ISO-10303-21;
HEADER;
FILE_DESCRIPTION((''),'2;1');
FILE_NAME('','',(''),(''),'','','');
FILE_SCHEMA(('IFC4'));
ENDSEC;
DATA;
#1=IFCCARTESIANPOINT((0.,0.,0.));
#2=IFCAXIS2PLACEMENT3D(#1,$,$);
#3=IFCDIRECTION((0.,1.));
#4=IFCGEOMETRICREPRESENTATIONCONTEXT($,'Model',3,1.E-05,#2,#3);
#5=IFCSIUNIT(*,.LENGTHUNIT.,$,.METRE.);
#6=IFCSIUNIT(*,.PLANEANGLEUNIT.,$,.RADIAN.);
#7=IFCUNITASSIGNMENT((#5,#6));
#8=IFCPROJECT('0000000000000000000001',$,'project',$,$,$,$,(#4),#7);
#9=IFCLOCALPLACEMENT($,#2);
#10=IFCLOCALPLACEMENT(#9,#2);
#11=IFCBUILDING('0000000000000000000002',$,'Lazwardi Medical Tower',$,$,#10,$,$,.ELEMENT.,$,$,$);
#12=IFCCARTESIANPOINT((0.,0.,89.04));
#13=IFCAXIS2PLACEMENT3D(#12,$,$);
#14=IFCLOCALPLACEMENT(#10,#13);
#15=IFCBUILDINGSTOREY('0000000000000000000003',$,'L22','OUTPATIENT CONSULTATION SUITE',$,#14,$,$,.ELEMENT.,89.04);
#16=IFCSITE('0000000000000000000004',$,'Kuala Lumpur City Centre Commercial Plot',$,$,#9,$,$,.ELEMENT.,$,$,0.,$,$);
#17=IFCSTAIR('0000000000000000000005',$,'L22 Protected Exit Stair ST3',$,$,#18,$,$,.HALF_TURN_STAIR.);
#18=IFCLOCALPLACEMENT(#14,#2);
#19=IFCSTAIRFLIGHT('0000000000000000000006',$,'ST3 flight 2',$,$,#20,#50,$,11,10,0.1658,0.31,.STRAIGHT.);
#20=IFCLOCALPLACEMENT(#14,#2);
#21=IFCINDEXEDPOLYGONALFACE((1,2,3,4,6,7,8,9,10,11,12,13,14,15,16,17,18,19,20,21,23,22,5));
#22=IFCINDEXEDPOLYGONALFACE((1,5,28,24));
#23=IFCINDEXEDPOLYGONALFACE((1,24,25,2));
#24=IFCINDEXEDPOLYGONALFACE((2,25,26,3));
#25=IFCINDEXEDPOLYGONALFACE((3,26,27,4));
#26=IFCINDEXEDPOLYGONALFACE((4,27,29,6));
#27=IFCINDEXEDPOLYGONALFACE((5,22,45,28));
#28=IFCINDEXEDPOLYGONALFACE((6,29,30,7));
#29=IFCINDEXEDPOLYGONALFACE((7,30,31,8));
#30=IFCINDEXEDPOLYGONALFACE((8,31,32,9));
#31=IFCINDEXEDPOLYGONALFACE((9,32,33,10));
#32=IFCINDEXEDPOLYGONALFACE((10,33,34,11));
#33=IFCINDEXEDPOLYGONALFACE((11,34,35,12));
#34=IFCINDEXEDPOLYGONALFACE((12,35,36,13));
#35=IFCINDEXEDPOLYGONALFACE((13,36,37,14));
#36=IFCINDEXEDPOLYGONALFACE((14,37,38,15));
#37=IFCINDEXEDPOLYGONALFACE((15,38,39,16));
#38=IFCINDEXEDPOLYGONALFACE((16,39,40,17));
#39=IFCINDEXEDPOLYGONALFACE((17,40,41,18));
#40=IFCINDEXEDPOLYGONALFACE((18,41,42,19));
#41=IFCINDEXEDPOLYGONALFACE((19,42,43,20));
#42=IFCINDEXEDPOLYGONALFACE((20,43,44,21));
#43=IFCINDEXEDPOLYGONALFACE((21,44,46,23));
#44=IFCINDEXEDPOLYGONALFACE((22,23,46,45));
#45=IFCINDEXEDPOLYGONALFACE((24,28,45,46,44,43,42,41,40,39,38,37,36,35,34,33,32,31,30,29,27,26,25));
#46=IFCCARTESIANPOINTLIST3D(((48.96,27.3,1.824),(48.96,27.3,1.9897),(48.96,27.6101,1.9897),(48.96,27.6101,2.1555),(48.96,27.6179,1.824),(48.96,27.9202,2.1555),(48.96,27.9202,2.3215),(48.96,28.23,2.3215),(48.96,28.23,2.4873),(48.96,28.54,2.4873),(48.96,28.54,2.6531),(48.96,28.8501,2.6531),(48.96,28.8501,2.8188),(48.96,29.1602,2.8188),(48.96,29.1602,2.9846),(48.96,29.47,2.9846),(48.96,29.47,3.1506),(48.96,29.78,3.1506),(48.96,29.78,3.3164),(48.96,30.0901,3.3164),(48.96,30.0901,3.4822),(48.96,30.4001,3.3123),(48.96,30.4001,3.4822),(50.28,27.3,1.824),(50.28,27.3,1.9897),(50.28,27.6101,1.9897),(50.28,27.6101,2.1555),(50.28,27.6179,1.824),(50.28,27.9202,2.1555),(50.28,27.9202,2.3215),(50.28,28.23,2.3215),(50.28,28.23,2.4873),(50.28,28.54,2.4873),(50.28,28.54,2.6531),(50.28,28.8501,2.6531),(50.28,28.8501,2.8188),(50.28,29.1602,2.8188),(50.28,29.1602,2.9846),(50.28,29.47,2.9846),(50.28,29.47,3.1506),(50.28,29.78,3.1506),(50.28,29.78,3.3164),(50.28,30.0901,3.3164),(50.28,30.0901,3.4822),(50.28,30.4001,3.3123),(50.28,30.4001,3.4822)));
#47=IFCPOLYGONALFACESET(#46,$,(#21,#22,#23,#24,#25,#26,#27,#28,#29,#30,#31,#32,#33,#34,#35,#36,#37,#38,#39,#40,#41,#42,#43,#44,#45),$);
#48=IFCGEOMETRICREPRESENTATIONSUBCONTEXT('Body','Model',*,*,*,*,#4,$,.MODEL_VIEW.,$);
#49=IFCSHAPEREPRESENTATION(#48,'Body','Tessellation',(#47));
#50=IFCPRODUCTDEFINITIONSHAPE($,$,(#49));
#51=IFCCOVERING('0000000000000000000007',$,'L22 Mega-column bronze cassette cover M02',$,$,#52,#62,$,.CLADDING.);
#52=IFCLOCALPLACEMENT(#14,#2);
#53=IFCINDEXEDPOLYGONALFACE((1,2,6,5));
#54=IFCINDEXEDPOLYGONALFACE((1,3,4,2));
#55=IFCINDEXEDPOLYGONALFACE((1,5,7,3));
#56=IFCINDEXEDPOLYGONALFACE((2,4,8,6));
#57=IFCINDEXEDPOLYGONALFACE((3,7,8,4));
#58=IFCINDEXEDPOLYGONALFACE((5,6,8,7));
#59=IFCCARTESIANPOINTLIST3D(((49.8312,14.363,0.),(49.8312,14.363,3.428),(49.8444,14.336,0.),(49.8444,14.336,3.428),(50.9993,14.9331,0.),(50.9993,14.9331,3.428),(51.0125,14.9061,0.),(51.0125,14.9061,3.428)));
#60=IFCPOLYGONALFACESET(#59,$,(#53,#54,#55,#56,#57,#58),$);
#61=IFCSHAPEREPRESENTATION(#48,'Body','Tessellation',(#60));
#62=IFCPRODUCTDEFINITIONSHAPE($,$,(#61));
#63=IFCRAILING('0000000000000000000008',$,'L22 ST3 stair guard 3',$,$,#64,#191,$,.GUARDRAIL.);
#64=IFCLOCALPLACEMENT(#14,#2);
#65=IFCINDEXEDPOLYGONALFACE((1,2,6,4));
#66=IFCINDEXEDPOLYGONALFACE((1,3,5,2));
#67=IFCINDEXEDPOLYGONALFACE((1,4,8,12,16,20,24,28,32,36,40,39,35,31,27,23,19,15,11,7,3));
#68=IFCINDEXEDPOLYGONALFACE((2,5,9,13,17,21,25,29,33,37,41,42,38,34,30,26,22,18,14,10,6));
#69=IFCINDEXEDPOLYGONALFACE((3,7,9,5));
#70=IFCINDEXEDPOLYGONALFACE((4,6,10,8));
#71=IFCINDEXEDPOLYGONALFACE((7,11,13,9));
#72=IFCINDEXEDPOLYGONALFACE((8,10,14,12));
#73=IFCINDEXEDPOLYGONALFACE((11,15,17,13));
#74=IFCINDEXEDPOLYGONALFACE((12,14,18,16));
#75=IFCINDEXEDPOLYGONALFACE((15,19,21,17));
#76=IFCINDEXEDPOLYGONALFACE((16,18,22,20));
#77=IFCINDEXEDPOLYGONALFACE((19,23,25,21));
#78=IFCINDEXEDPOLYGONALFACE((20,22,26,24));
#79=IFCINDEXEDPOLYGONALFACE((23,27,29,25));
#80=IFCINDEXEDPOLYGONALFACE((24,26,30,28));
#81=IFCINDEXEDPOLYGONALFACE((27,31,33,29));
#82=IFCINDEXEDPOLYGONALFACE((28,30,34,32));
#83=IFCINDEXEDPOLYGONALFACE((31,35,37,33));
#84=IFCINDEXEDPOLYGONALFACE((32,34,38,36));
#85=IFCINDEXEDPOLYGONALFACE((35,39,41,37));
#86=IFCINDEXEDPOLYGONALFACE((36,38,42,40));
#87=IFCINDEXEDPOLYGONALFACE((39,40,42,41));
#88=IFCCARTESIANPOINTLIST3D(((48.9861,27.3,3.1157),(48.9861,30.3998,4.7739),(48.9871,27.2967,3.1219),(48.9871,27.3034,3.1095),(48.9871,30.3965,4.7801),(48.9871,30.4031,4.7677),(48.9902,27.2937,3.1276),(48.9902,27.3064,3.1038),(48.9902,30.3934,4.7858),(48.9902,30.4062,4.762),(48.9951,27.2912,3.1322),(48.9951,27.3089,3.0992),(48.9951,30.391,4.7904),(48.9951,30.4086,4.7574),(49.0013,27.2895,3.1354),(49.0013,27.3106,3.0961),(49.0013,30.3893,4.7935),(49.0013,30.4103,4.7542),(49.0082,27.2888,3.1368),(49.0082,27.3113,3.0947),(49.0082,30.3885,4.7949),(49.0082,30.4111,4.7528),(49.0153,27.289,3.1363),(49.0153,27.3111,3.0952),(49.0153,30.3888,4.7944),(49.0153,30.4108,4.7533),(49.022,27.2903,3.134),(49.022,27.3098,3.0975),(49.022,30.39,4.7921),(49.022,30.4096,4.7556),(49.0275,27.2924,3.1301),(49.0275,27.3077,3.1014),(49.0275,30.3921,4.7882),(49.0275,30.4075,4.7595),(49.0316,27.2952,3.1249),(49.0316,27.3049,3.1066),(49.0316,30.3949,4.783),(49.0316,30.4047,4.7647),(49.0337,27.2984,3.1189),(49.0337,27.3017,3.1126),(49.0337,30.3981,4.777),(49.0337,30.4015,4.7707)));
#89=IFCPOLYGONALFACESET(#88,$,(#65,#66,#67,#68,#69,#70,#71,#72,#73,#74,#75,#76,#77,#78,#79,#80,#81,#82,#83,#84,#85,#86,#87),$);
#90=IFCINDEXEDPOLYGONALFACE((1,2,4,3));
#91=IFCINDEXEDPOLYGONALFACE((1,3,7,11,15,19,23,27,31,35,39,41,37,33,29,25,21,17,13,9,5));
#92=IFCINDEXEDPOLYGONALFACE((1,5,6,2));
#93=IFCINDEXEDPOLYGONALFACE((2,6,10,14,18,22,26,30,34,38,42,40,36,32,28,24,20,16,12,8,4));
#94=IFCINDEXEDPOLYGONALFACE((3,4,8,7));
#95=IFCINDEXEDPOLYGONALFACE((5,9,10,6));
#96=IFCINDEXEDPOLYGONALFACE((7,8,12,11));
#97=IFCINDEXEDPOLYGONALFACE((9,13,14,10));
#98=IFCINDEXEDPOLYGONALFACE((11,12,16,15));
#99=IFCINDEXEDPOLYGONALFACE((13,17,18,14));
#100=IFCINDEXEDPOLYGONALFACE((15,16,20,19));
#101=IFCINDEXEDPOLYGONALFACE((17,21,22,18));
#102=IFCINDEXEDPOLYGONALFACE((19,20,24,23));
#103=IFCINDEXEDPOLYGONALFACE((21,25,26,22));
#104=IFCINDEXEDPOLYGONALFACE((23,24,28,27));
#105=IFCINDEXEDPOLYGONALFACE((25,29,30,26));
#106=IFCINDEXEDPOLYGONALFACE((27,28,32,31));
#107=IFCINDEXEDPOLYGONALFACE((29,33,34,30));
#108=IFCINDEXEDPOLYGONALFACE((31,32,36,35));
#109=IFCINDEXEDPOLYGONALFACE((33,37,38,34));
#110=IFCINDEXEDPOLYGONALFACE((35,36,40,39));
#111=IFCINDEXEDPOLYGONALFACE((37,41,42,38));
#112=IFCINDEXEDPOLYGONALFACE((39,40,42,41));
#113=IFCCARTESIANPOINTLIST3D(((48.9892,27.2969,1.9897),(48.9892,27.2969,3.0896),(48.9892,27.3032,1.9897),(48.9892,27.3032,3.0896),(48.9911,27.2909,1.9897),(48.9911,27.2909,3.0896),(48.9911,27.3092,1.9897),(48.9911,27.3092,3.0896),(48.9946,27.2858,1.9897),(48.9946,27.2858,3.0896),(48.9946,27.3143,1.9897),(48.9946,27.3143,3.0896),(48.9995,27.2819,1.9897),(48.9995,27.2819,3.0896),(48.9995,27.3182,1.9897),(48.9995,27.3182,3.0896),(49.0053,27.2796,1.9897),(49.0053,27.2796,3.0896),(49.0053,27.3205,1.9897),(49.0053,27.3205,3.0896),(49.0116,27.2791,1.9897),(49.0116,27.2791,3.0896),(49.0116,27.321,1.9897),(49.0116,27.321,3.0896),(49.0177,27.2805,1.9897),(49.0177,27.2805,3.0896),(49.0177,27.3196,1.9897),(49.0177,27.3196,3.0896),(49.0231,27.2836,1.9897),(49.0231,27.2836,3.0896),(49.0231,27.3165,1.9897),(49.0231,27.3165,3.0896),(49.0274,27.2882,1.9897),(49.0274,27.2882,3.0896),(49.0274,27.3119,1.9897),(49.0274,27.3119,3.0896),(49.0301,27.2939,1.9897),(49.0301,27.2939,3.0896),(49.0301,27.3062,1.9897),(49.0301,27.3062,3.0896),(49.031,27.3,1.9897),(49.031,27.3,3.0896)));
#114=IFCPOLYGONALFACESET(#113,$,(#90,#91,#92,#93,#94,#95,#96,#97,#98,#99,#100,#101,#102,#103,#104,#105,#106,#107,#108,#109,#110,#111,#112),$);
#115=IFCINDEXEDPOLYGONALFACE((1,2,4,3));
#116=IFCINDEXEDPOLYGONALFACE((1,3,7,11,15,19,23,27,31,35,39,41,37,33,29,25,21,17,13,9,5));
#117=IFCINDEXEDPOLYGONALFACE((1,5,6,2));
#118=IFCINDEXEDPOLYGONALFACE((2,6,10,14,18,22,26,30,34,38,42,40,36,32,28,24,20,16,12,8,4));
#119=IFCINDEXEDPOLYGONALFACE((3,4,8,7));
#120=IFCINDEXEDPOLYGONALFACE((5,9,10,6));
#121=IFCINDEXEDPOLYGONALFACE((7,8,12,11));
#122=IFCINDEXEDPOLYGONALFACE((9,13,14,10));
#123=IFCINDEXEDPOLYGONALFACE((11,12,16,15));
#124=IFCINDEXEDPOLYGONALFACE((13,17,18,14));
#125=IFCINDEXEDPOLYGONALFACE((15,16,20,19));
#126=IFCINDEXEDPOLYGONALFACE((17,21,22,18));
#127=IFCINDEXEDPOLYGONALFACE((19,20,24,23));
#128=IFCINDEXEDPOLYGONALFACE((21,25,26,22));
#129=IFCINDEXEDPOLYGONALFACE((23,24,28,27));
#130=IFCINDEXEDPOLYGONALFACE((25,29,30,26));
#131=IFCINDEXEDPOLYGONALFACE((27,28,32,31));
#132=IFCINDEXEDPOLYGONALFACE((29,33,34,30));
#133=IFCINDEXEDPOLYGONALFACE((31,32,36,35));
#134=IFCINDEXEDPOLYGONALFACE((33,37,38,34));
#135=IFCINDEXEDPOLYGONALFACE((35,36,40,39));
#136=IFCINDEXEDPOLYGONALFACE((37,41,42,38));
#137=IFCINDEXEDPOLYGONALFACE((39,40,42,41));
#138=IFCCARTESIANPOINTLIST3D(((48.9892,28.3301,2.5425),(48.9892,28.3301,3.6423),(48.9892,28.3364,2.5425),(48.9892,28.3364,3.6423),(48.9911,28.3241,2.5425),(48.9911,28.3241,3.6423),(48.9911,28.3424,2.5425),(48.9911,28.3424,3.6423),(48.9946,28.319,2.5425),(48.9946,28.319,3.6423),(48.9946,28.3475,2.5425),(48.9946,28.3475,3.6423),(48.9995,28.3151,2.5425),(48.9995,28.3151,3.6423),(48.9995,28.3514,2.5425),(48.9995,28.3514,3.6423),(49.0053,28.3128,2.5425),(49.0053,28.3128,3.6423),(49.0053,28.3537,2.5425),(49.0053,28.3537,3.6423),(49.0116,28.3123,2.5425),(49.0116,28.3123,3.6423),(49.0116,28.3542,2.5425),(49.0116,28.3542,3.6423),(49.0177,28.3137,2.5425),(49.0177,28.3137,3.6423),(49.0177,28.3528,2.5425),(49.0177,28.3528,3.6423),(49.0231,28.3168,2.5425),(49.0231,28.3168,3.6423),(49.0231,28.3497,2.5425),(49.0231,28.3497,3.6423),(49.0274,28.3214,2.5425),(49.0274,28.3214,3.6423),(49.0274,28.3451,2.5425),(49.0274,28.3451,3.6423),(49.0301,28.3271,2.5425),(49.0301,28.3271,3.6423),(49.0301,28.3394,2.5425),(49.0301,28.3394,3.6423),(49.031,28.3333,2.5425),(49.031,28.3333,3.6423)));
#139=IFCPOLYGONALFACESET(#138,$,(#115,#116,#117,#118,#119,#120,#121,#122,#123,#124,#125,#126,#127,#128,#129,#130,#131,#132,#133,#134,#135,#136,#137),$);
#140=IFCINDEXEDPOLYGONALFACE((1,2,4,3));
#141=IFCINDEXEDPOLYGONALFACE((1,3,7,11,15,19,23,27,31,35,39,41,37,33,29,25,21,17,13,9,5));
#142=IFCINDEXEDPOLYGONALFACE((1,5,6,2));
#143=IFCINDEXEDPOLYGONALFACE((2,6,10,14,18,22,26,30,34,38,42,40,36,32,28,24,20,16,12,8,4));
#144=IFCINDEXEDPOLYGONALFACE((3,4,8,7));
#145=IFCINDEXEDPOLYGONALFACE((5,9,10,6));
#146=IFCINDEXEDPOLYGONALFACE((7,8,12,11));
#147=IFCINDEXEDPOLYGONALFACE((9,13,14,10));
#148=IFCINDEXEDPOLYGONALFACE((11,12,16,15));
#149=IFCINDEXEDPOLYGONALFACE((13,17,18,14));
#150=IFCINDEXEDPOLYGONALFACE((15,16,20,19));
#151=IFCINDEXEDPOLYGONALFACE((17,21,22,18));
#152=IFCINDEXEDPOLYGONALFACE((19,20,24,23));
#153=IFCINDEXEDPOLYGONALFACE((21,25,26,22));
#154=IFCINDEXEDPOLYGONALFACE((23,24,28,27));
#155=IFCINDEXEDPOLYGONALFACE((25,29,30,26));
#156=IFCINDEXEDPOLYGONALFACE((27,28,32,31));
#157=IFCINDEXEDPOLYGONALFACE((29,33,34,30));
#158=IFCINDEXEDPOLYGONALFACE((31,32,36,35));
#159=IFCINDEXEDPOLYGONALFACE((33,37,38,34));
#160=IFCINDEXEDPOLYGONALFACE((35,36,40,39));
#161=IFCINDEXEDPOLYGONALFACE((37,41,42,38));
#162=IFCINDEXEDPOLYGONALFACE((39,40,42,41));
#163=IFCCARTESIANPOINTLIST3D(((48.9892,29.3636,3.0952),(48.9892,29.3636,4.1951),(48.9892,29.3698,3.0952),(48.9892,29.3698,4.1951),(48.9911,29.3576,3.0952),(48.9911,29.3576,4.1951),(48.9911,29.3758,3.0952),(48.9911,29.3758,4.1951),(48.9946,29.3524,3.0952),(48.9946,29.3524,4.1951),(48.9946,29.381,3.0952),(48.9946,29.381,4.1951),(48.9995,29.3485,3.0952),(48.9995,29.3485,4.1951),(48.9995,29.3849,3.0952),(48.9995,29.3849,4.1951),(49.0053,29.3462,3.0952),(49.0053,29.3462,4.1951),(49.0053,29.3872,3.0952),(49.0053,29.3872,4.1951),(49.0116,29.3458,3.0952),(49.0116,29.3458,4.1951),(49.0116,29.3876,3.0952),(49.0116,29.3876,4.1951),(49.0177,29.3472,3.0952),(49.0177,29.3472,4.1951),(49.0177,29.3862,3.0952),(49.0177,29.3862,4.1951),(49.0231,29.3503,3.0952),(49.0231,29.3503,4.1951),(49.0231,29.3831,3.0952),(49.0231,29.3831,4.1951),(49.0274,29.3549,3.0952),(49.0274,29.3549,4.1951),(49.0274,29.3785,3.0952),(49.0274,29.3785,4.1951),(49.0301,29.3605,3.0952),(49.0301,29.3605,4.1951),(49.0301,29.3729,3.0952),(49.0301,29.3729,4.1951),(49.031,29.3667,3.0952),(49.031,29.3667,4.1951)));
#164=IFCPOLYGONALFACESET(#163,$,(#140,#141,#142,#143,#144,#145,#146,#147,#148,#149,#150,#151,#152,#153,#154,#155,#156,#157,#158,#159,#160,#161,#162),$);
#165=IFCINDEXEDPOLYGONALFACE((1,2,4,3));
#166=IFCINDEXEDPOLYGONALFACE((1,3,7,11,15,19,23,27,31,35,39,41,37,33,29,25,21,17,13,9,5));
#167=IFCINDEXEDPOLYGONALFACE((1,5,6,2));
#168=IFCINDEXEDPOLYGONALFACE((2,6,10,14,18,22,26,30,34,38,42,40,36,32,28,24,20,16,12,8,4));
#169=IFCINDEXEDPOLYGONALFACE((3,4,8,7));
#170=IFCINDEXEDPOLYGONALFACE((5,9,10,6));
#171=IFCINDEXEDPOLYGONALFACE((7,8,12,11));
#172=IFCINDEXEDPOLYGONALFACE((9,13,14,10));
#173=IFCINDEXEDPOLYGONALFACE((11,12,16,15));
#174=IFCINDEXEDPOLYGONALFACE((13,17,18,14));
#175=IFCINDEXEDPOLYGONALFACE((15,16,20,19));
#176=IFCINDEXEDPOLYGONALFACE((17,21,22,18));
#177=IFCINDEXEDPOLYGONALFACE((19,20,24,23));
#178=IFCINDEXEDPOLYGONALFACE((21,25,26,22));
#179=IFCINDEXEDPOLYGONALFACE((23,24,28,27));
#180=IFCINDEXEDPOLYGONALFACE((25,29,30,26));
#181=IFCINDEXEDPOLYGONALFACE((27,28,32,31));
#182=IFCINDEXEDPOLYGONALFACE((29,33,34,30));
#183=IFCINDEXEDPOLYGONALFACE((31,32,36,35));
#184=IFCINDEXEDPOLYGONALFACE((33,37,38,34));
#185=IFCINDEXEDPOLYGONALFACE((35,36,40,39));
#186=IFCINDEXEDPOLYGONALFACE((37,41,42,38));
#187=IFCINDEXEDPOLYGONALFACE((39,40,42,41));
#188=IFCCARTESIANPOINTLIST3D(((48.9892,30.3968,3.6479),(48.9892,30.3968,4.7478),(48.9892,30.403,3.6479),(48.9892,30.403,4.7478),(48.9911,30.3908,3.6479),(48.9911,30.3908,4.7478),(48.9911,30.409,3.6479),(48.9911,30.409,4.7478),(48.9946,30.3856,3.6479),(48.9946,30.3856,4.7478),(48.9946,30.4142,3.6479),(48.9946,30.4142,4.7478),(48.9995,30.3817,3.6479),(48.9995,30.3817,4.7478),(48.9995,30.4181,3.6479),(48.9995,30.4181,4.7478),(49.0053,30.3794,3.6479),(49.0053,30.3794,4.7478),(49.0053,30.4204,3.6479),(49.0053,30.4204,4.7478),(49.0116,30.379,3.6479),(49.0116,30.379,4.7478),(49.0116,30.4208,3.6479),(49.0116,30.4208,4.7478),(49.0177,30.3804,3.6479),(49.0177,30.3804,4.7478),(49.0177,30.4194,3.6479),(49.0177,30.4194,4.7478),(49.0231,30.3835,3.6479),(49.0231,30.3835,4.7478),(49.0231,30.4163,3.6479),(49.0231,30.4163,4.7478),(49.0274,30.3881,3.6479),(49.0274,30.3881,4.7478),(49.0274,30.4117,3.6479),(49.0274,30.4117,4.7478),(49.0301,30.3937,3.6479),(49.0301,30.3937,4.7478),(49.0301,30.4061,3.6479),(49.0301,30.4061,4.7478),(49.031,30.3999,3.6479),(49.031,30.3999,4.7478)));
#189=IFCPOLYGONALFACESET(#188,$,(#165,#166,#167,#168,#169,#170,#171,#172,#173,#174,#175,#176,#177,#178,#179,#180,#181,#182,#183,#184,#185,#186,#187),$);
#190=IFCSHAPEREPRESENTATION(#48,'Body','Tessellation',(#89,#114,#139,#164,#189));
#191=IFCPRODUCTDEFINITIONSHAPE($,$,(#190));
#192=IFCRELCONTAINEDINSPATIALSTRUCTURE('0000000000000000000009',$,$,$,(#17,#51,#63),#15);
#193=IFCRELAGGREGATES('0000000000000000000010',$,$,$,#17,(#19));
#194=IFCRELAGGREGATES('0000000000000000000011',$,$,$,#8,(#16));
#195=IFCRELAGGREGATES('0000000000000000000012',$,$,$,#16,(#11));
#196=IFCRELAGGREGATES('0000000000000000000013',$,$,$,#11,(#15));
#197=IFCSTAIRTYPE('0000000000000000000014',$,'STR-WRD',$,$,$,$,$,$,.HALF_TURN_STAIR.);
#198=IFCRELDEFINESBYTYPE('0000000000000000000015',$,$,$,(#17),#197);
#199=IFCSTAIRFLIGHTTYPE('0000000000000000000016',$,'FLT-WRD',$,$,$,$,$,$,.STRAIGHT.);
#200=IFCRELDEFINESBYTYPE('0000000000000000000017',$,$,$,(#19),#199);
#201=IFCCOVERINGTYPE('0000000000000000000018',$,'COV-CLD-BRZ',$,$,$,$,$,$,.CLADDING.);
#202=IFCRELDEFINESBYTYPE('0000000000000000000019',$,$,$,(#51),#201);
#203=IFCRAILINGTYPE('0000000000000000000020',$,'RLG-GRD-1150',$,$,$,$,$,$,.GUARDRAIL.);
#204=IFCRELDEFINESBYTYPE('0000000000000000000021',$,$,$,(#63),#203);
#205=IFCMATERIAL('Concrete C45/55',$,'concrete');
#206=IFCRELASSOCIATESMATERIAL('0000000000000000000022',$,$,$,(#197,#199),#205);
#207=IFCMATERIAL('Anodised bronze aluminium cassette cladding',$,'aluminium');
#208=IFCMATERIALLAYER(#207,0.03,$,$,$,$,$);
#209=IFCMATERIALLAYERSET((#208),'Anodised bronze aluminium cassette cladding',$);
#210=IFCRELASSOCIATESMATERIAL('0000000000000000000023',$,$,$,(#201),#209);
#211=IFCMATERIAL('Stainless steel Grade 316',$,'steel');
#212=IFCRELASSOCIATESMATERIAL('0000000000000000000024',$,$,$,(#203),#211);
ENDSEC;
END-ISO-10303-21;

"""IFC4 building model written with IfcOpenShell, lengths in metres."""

from ifc_helpers import new_model, si_unit, direction, frame, origin, origin_2d, place, context, subcontext, project, spatial, polyline, rectangle, circle, outline, extrude, material, layer, layer_set, type_object, element, aggregate, save


model = new_model("IFC4")

# Units and contexts
model_context = context("Model", 3, precision=1e-05, world=origin(), true_north=direction((0.0, 1.0)))
body_context = subcontext(model_context, "Body", "Model", "MODEL_VIEW")
ifc_project = project(units=[si_unit("LENGTHUNIT", "METRE"), si_unit("PLANEANGLEUNIT", "RADIAN")], contexts=[model_context])

# Site, building, storey
site_placement = place(None, origin())
site = spatial("IfcSite", under=ifc_project, at=site_placement, Name="Kuala Lumpur City Centre Commercial Plot", CompositionType="ELEMENT", RefElevation=0.0)
building_placement = place(site_placement, origin())
building = spatial("IfcBuilding", under=site, at=building_placement, Name="Lazwardi Medical Tower", CompositionType="ELEMENT")
storey_placement = place(building_placement, frame((0.0, 0.0, 89.04)))
storey = spatial("IfcBuildingStorey", under=building, at=storey_placement, Name="L22", Description="OUTPATIENT CONSULTATION SUITE", CompositionType="ELEMENT", Elevation=89.04)

# Stair, stair flight
ifc_material_1 = material(Name="Concrete C45/55", Category="concrete")
stair_type = type_object("IfcStairType", Name="STR-WRD", PredefinedType="HALF_TURN_STAIR", material=ifc_material_1)
stair_placement = place(storey_placement, origin())
stair = element("IfcStair", 1, at=stair_placement, inside=storey, type_object=stair_type, Name="L22 Protected Exit Stair ST3", PredefinedType="HALF_TURN_STAIR")
stair_flight_type = type_object("IfcStairFlightType", Name="FLT-WRD", PredefinedType="STRAIGHT", material=ifc_material_1)
stair_flight_placement = place(storey_placement, frame((49.6201, 27.3, 1.824), z_axis=(0.0, 0.0, 1.0), x_axis=(0.0, 1.0, 0.0)))
stair_flight = element("IfcStairFlight", 2, at=stair_flight_placement, type_object=stair_flight_type, Name="ST3 flight 2", NumberOfRisers=11, NumberOfTreads=10, PredefinedType="STRAIGHT", RiserHeight=0.1658, TreadLength=0.31, context=body_context, shape_type="SweptSolid", body=[
    extrude(outline(polyline([(0.0, 0.0), (0.0, 0.1658), (0.3101, 0.1658), (0.3101, 0.3315), (0.6201, 0.3315), (0.6201, 0.4976), (0.9299, 0.4976), (0.9299, 0.6633), (1.24, 0.6633), (1.24, 0.8291), (1.55, 0.8291), (1.55, 0.9949), (1.8601, 0.9949), (1.8601, 1.1606), (2.1699, 1.1606), (2.1699, 1.3267), (2.48, 1.3267), (2.48, 1.4924), (2.79, 1.4924), (2.79, 1.6582), (3.1001, 1.6582), (3.1001, 1.824), (3.1001, 1.4883), (0.3179, 0.0), (0.0, 0.0)])), frame((0.0, 0.6602, 0.0), z_axis=(0.0, -1.0, 0.0), x_axis=(1.0, 0.0, 0.0)), (0.0, 0.0, 1.0), 1.3201),
])
aggregate(stair, [stair_flight])

# Covering
ifc_material_2 = material(Name="Anodised bronze aluminium cassette cladding", Category="aluminium")
ifc_layer_1 = layer(ifc_material_2, 0.03)
ifc_layer_set_1 = layer_set([ifc_layer_1], Name="Anodised bronze aluminium cassette cladding")
covering_type = type_object("IfcCoveringType", Name="COV-CLD-BRZ", PredefinedType="CLADDING", material=ifc_layer_set_1)
covering_placement = place(storey_placement, frame((50.4219, 14.6345, 0.0), z_axis=(0.0, 0.0, 1.0), x_axis=(0.898679, 0.438606, 0.0)))
element("IfcCovering", 3, at=covering_placement, inside=storey, type_object=covering_type, Name="L22 Mega-column bronze cassette cover M02", PredefinedType="CLADDING", context=body_context, shape_type="SweptSolid", body=[
    extrude(rectangle(XDim=1.2998, YDim=0.03, at=origin_2d()), origin(), (0.0, 0.0, 1.0), 3.428),
])

# Railing
ifc_material_3 = material(Name="Stainless steel Grade 316", Category="steel")
railing_type_1 = type_object("IfcRailingType", Name="RLG-GRD-1150", PredefinedType="GUARDRAIL", material=ifc_material_3)
railing_1_placement = place(storey_placement, frame((49.01, 27.3, 1.9897)))
element("IfcRailing", 4, at=railing_1_placement, inside=storey, type_object=railing_type_1, Name="L22 ST3 stair guard 3", PredefinedType="GUARDRAIL", context=body_context, shape_type="SweptSolid", body=[
    extrude(circle(Radius=0.0239, at=origin_2d()), frame((0.0, 0.0, 1.126), z_axis=(0.0, 0.881768, 0.471684), x_axis=(-1.0, 0.0, 0.0)), (0.0, 0.0, 1.0), 3.5154),
    extrude(circle(Radius=0.021, at=origin_2d()), origin(), (0.0, 0.0, 1.0), 1.0999),
    extrude(circle(Radius=0.021, at=origin_2d()), frame((0.0, 1.0332, 0.5527)), (0.0, 0.0, 1.0), 1.0999),
    extrude(circle(Radius=0.021, at=origin_2d()), frame((0.0, 2.0667, 1.1055)), (0.0, 0.0, 1.0), 1.0999),
    extrude(circle(Radius=0.021, at=origin_2d()), frame((0.0, 3.0999, 1.6582)), (0.0, 0.0, 1.0), 1.0999),
])

save(model, "model.ifc")
